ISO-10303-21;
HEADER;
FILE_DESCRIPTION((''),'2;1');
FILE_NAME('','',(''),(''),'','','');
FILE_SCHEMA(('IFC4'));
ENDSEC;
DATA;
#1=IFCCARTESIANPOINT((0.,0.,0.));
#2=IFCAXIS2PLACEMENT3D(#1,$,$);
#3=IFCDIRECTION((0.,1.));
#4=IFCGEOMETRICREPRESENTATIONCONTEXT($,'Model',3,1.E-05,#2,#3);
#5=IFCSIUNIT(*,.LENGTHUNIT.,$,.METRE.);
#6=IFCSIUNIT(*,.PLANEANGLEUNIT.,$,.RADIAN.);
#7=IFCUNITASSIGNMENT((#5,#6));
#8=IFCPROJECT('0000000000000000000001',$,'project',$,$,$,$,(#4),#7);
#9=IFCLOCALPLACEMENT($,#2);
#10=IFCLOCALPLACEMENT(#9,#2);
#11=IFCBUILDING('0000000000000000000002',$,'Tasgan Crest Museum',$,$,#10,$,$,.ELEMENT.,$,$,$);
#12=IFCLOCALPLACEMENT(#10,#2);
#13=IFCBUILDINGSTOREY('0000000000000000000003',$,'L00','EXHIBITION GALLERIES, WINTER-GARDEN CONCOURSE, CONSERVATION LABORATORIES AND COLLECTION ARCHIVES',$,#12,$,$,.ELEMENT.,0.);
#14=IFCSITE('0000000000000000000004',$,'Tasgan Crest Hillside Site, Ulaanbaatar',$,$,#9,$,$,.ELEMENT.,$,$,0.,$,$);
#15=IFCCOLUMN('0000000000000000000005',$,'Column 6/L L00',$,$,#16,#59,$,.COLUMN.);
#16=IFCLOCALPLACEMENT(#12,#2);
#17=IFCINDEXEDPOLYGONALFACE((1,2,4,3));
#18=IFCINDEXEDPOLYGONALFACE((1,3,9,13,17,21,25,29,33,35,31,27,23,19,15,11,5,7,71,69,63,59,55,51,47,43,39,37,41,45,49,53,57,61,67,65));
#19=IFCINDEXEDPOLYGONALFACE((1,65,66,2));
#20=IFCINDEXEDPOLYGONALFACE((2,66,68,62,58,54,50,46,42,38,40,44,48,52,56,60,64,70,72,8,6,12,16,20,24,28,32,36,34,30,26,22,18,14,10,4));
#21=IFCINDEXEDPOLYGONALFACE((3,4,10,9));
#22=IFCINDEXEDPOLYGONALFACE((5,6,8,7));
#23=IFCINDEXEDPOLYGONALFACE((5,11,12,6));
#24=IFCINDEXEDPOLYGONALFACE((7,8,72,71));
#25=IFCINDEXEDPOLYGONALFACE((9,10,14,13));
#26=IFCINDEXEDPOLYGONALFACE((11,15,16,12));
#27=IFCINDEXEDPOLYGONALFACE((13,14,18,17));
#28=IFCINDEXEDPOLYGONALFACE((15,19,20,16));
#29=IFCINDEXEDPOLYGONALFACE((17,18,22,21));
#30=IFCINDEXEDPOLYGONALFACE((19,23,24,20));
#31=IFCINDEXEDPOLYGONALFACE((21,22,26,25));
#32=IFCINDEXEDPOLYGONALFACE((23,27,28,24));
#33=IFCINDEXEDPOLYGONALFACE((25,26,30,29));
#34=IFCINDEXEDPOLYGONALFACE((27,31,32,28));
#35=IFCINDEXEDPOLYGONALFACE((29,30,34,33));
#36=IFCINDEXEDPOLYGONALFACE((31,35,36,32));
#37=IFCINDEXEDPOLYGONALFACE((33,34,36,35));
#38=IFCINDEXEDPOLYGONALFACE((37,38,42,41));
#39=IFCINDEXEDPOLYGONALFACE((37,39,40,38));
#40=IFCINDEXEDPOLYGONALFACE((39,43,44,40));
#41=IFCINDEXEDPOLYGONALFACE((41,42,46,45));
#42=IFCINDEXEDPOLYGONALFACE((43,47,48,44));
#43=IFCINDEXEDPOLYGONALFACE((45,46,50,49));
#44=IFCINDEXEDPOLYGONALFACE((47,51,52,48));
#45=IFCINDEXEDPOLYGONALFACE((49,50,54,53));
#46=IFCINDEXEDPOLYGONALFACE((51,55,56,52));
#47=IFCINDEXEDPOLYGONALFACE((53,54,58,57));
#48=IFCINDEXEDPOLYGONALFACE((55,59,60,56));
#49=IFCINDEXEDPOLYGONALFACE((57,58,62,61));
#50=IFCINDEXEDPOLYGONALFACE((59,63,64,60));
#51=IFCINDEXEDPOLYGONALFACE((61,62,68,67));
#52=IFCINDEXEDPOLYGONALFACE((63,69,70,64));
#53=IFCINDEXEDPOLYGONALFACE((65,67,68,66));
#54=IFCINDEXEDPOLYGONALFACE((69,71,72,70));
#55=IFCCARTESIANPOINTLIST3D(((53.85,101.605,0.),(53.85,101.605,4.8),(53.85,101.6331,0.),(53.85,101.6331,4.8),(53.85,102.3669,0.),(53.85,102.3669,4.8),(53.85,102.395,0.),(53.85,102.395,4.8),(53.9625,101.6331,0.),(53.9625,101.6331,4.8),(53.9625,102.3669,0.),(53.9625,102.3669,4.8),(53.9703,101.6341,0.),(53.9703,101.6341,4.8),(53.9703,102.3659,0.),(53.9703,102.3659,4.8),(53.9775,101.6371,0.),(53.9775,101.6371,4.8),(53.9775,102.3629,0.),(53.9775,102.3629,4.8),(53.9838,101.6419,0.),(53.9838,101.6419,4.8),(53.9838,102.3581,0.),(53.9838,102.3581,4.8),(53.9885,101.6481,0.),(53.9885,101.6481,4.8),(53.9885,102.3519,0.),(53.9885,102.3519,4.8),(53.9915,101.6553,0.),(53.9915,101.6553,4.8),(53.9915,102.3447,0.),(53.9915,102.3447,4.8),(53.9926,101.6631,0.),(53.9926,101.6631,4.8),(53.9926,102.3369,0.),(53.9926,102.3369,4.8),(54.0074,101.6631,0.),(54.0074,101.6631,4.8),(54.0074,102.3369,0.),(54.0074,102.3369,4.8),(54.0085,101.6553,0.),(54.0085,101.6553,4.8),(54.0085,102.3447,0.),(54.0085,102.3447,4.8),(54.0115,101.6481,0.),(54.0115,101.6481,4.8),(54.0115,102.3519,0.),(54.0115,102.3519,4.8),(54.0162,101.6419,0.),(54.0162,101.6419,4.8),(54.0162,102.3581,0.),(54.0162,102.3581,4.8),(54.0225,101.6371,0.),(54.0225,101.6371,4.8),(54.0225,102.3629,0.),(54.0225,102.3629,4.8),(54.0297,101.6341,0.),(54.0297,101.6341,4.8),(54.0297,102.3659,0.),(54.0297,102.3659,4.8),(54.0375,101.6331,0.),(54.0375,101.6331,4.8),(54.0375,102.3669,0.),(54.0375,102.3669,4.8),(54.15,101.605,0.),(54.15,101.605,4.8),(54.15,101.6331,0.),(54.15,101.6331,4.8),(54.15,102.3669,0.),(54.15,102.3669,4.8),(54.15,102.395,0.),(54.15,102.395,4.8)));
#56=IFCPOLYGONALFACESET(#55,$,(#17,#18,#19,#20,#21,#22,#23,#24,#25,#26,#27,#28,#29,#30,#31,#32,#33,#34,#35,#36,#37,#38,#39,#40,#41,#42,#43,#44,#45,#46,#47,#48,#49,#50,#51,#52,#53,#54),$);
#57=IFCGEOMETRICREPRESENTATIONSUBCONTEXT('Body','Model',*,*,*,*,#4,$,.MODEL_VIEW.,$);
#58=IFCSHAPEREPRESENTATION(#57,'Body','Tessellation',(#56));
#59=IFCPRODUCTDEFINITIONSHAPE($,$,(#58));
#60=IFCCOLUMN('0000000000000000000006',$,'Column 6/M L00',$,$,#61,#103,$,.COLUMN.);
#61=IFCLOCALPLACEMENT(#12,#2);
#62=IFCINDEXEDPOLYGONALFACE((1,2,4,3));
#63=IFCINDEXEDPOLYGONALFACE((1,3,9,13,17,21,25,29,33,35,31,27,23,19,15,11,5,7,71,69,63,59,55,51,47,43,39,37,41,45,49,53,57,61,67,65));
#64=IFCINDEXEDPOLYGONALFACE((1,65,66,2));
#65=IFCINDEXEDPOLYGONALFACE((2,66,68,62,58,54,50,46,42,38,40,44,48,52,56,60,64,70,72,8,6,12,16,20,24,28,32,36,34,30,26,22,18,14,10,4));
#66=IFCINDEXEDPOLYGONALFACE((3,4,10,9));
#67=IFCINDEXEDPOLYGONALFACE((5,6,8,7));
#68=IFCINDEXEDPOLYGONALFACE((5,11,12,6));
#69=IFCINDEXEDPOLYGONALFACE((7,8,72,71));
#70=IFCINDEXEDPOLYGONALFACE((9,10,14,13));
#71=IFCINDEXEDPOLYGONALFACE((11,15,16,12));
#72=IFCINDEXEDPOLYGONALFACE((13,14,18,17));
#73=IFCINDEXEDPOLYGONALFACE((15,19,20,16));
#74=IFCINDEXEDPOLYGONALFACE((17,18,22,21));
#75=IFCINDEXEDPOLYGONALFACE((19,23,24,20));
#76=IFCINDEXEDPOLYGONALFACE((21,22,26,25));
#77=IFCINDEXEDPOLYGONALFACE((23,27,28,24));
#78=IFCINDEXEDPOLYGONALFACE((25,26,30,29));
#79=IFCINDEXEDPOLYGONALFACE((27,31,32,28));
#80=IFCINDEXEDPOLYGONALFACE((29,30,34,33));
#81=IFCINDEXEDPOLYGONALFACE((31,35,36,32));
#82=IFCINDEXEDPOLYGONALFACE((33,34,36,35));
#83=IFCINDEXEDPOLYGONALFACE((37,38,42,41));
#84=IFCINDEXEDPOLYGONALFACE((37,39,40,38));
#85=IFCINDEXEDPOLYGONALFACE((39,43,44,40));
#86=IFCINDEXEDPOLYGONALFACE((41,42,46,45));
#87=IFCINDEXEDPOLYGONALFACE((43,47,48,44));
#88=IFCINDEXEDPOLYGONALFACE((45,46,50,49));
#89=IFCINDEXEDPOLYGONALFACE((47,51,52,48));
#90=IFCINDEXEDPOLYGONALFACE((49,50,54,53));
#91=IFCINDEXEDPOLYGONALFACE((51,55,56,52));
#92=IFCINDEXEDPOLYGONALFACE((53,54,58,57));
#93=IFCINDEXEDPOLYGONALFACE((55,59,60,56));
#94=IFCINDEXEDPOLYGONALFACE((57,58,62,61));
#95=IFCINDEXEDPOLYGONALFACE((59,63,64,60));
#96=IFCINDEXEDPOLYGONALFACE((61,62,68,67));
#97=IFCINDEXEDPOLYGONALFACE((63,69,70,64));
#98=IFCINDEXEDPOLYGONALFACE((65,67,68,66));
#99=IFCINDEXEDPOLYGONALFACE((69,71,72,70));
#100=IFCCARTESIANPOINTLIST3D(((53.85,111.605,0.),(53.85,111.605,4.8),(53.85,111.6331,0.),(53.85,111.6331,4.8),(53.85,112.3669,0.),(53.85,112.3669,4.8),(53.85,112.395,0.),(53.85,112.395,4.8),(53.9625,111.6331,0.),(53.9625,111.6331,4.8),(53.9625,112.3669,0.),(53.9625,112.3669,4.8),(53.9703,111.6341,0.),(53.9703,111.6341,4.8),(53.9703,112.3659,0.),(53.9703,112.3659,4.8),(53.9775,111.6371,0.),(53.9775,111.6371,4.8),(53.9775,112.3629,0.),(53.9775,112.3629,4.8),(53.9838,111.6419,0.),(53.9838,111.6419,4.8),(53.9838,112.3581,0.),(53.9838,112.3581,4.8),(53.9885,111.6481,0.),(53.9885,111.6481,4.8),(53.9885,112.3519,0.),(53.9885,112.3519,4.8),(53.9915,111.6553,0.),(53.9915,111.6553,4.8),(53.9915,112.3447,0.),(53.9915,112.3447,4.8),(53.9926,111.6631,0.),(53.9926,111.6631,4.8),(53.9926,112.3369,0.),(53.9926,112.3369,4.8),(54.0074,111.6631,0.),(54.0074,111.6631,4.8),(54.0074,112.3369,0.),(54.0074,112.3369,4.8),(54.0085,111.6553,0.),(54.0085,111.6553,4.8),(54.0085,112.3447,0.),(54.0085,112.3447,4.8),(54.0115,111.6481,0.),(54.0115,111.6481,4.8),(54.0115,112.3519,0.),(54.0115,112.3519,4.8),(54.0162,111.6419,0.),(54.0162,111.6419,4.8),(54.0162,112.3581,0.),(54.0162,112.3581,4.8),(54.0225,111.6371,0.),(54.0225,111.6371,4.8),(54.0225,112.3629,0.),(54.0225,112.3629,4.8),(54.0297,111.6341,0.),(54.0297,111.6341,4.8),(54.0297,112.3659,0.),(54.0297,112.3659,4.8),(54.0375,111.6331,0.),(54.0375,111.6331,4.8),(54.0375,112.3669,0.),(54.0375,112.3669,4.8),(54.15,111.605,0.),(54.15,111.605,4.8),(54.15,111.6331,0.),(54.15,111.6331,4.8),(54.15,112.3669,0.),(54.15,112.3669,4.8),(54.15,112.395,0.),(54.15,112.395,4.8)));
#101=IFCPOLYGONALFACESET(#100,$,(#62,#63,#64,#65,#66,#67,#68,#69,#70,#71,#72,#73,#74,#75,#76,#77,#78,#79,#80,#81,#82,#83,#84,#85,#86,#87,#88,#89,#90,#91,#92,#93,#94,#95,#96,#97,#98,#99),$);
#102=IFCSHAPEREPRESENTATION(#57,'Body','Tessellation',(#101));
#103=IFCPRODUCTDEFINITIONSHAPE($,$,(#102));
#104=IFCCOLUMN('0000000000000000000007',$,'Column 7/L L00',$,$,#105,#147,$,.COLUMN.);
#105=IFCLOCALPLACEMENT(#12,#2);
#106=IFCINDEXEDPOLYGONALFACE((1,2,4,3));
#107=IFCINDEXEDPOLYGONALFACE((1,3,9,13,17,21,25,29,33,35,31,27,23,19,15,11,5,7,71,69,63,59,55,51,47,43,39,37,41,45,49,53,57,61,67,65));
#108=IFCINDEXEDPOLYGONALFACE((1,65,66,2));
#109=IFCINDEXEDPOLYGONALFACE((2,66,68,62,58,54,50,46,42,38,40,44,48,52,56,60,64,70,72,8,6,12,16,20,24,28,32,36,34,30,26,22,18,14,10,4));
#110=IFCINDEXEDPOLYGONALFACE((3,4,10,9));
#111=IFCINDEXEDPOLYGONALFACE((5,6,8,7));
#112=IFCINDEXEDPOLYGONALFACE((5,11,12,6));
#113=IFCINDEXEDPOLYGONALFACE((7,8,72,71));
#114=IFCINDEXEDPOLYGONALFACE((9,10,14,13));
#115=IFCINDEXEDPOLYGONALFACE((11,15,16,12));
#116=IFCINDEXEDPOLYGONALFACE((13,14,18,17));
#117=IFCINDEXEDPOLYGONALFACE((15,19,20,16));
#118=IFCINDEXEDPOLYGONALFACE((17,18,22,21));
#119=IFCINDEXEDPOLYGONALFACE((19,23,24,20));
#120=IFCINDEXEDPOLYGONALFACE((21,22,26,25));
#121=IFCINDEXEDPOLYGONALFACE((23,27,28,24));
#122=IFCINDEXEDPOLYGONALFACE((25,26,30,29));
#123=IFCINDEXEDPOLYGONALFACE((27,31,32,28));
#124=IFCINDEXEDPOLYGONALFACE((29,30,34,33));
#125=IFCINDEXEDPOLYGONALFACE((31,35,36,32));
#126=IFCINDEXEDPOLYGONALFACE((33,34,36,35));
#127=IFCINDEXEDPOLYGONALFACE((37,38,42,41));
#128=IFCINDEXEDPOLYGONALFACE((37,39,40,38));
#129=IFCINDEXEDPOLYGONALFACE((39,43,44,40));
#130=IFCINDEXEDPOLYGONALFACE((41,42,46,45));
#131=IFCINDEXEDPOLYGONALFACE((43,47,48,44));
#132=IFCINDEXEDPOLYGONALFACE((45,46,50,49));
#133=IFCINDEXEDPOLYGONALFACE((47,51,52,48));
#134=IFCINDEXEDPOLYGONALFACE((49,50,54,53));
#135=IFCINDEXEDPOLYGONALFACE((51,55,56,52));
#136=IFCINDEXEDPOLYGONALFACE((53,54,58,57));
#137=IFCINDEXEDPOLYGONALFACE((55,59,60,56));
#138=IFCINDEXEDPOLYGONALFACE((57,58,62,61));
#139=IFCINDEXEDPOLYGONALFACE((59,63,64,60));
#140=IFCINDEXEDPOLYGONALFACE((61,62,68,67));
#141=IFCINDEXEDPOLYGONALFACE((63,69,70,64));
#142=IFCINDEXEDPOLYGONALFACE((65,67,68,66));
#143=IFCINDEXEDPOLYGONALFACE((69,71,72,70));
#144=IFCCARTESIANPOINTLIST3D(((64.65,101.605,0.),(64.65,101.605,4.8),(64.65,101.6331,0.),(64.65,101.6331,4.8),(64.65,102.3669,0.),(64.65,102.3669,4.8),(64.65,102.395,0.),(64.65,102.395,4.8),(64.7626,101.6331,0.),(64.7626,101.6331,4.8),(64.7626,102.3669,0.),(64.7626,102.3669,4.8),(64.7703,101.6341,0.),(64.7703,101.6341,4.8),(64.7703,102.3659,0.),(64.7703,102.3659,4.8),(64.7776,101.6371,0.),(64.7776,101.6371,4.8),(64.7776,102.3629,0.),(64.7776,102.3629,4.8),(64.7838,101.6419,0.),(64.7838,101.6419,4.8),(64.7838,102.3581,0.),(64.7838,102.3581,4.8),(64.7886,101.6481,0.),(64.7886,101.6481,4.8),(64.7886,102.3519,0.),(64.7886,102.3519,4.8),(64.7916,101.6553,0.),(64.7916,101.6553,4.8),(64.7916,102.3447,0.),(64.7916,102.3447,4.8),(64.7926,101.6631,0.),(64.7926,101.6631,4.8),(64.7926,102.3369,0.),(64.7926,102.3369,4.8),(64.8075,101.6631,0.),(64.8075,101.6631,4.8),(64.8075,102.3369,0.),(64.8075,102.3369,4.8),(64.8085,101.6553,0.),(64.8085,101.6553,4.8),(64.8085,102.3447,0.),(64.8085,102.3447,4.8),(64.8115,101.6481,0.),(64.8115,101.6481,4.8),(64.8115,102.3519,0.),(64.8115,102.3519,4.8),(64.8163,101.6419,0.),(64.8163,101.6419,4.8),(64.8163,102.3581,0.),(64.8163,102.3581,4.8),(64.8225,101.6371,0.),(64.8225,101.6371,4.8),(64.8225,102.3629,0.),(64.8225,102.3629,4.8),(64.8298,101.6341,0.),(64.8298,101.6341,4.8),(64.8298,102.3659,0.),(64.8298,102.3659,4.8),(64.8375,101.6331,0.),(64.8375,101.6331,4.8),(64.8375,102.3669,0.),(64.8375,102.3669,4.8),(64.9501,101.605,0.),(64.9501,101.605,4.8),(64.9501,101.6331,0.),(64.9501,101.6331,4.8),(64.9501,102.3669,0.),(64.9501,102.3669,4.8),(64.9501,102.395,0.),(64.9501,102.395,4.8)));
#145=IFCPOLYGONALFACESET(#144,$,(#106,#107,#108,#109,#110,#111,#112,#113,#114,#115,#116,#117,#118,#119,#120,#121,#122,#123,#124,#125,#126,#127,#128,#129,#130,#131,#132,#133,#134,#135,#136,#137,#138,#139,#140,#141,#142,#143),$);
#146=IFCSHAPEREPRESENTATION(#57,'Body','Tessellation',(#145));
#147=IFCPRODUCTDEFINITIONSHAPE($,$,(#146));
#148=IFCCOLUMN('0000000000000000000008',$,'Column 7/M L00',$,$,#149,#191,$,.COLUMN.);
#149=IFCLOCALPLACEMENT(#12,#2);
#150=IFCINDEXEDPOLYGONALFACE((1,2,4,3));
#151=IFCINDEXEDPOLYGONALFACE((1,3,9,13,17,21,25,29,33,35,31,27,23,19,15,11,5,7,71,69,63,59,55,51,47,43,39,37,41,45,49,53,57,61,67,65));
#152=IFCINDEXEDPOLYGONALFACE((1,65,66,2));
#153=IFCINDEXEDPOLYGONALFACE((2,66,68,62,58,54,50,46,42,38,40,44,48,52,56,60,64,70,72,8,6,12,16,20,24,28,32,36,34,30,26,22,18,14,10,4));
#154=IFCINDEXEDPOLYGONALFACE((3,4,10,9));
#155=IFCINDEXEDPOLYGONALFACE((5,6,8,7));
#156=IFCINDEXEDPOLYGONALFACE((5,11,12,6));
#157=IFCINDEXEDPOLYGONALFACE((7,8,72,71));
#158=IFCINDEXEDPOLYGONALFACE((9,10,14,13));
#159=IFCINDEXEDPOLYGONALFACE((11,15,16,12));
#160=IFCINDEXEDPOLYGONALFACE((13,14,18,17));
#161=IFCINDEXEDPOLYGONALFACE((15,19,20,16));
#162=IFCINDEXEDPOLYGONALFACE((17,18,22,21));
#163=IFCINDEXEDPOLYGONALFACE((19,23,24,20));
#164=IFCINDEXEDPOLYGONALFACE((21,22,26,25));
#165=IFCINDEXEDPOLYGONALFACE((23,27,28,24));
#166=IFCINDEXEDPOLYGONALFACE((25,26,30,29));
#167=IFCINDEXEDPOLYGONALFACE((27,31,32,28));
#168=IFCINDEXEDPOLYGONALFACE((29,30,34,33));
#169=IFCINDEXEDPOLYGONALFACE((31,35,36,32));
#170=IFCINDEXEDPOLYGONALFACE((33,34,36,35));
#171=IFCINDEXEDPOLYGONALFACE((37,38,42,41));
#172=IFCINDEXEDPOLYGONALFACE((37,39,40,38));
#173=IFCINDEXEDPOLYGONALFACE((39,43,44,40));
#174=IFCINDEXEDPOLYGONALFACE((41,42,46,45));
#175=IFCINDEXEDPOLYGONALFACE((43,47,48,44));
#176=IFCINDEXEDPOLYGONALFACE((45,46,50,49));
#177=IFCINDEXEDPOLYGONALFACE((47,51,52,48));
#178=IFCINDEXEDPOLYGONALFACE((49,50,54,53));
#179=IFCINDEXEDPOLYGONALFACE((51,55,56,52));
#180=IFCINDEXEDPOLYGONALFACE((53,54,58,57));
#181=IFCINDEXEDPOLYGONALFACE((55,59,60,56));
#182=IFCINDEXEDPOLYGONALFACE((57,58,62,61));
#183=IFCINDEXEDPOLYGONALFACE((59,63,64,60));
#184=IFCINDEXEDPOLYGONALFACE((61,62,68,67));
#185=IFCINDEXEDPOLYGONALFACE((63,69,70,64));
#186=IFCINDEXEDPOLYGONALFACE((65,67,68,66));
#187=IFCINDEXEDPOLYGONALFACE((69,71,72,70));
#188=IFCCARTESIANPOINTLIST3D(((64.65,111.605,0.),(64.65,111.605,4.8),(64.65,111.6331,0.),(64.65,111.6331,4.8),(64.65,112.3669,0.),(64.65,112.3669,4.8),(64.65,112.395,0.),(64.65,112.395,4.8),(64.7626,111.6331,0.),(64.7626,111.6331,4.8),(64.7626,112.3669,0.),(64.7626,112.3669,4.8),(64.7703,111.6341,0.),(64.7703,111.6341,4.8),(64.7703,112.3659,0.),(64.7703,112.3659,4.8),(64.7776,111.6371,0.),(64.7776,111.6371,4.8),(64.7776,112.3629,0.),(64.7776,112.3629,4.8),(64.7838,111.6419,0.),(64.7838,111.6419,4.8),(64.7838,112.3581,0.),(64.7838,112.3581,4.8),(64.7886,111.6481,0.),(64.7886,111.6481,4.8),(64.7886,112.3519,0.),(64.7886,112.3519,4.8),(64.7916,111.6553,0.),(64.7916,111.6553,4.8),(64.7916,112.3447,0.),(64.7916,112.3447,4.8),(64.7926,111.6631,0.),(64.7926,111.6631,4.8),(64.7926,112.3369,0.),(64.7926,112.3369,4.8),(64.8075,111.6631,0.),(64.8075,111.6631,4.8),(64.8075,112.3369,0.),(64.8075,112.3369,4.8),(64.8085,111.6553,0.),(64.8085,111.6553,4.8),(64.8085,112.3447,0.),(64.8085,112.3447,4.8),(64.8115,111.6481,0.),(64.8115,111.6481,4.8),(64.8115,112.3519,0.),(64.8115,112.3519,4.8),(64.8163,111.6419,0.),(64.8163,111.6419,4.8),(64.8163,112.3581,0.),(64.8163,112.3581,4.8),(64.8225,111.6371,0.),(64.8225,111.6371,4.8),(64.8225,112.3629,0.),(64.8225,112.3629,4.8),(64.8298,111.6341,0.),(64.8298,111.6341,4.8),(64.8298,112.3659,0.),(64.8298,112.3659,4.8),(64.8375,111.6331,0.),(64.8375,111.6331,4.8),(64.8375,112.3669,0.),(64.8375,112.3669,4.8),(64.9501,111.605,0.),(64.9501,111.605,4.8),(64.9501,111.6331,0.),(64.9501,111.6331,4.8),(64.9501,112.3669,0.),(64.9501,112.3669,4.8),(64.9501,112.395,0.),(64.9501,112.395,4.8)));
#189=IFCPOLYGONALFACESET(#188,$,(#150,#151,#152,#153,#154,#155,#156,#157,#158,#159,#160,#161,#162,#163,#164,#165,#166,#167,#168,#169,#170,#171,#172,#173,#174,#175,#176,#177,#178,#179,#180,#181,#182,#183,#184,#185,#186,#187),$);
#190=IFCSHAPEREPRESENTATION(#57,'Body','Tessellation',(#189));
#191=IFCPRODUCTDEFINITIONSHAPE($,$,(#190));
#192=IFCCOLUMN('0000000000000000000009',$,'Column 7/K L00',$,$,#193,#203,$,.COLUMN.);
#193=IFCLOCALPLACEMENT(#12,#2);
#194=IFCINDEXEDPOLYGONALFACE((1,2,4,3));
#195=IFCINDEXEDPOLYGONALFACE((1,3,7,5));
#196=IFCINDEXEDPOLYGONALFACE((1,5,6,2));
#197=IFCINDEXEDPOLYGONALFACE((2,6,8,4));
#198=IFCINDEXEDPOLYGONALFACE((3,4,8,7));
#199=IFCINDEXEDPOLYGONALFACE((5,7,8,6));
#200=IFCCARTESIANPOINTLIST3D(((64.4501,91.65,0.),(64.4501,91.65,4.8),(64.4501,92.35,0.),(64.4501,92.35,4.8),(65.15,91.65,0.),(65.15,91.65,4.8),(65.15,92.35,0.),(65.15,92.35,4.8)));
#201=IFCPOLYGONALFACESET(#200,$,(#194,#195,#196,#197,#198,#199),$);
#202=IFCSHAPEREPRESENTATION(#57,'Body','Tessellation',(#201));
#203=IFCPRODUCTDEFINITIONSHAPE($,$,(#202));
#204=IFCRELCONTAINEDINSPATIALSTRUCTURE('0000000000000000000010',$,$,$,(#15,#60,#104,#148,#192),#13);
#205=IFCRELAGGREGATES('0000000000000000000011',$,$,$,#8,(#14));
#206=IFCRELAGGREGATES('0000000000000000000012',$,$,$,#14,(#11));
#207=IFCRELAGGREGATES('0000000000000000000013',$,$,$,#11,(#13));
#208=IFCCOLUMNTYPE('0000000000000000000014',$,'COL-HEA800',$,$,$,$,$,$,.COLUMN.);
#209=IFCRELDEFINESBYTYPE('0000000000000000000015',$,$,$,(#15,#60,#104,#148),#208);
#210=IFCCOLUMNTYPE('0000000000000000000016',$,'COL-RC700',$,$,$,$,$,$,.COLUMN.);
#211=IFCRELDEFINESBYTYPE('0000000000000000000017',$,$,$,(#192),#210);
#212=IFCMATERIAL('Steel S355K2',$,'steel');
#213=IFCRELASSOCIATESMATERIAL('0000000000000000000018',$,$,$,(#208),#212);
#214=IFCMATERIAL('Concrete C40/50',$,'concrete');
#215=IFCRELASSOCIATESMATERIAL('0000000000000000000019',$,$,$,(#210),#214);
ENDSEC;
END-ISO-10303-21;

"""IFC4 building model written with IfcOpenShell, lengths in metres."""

from ifc_helpers import new_model, si_unit, direction, frame, origin, origin_2d, place, context, subcontext, project, spatial, rectangle, i_section, extrude, material, material_profile, profile_set, type_object, element, save


model = new_model("IFC4")

# Units and contexts
model_context = context("Model", 3, precision=1e-05, world=origin(), true_north=direction((0.0, 1.0)))
body_context = subcontext(model_context, "Body", "Model", "MODEL_VIEW")
ifc_project = project(units=[si_unit("LENGTHUNIT", "METRE"), si_unit("PLANEANGLEUNIT", "RADIAN")], contexts=[model_context])

# Site, building, storey
site_placement = place(None, origin())
site = spatial("IfcSite", under=ifc_project, at=site_placement, Name="Tasgan Crest Hillside Site, Ulaanbaatar", CompositionType="ELEMENT", RefElevation=0.0)
building_placement = place(site_placement, origin())
building = spatial("IfcBuilding", under=site, at=building_placement, Name="Tasgan Crest Museum", CompositionType="ELEMENT")
storey_placement = place(building_placement, origin())
storey = spatial("IfcBuildingStorey", under=building, at=storey_placement, Name="L00", Description="EXHIBITION GALLERIES, WINTER-GARDEN CONCOURSE, CONSERVATION LABORATORIES AND COLLECTION ARCHIVES", CompositionType="ELEMENT", Elevation=0.0)

# Columns
ifc_material_1 = material(Name="Steel S355K2", Category="steel")
ifc_material_profile_1 = material_profile(ifc_material_1, i_section(OverallWidth=0.3, OverallDepth=0.79, WebThickness=0.0149, FlangeThickness=0.0281, FilletRadius=0.03, at=origin_2d()), Name="HEA 800")
ifc_profile_set_1 = profile_set([ifc_material_profile_1], Name="Steel S355K2")
column_type_1 = type_object("IfcColumnType", Name="COL-HEA800", PredefinedType="COLUMN", material=ifc_profile_set_1)
for number, where, z_axis, x_axis, name in (
    (1, (54.0, 102.0, 0.0), (0.0, 0.0, 1.0), (1.0, 0.0, 0.0), "Column 6/L L00"),
    (2, (54.0, 112.0, 0.0), (0.0, 0.0, 1.0), (1.0, 0.0, 0.0), "Column 6/M L00"),
    (3, (64.8, 102.0, 0.0), (0.0, 0.0, 1.0), (1.0, 0.0, 0.0), "Column 7/L L00"),
    (4, (64.8, 112.0, 0.0), (0.0, 0.0, 1.0), (1.0, 0.0, 0.0), "Column 7/M L00"),
):
    element("IfcColumn", number, at=place(storey_placement, frame(where, z_axis=z_axis, x_axis=x_axis)), inside=storey, type_object=column_type_1, Name=name, PredefinedType="COLUMN", context=body_context, shape_type="SweptSolid", body=[
        extrude(i_section(OverallWidth=0.3, OverallDepth=0.79, WebThickness=0.0149, FlangeThickness=0.0281, FilletRadius=0.03, at=origin_2d()), origin(), (0.0, 0.0, 1.0), 4.8),
    ])
ifc_material_2 = material(Name="Concrete C40/50", Category="concrete")
ifc_material_profile_2 = material_profile(ifc_material_2, rectangle(XDim=0.7, YDim=0.7, at=origin_2d()), Name="RC 700x700")
ifc_profile_set_2 = profile_set([ifc_material_profile_2], Name="Concrete C40/50")
column_type_2 = type_object("IfcColumnType", Name="COL-RC700", PredefinedType="COLUMN", material=ifc_profile_set_2)
column_placement = place(storey_placement, frame((64.8, 92.0, 0.0), z_axis=(0.0, 0.0, 1.0), x_axis=(1.0, 0.0, 0.0)))
element("IfcColumn", 5, at=column_placement, inside=storey, type_object=column_type_2, Name="Column 7/K L00", PredefinedType="COLUMN", context=body_context, shape_type="SweptSolid", body=[
    extrude(rectangle(XDim=0.7, YDim=0.7, at=origin_2d()), origin(), (0.0, 0.0, 1.0), 4.8),
])

save(model, "model.ifc")
